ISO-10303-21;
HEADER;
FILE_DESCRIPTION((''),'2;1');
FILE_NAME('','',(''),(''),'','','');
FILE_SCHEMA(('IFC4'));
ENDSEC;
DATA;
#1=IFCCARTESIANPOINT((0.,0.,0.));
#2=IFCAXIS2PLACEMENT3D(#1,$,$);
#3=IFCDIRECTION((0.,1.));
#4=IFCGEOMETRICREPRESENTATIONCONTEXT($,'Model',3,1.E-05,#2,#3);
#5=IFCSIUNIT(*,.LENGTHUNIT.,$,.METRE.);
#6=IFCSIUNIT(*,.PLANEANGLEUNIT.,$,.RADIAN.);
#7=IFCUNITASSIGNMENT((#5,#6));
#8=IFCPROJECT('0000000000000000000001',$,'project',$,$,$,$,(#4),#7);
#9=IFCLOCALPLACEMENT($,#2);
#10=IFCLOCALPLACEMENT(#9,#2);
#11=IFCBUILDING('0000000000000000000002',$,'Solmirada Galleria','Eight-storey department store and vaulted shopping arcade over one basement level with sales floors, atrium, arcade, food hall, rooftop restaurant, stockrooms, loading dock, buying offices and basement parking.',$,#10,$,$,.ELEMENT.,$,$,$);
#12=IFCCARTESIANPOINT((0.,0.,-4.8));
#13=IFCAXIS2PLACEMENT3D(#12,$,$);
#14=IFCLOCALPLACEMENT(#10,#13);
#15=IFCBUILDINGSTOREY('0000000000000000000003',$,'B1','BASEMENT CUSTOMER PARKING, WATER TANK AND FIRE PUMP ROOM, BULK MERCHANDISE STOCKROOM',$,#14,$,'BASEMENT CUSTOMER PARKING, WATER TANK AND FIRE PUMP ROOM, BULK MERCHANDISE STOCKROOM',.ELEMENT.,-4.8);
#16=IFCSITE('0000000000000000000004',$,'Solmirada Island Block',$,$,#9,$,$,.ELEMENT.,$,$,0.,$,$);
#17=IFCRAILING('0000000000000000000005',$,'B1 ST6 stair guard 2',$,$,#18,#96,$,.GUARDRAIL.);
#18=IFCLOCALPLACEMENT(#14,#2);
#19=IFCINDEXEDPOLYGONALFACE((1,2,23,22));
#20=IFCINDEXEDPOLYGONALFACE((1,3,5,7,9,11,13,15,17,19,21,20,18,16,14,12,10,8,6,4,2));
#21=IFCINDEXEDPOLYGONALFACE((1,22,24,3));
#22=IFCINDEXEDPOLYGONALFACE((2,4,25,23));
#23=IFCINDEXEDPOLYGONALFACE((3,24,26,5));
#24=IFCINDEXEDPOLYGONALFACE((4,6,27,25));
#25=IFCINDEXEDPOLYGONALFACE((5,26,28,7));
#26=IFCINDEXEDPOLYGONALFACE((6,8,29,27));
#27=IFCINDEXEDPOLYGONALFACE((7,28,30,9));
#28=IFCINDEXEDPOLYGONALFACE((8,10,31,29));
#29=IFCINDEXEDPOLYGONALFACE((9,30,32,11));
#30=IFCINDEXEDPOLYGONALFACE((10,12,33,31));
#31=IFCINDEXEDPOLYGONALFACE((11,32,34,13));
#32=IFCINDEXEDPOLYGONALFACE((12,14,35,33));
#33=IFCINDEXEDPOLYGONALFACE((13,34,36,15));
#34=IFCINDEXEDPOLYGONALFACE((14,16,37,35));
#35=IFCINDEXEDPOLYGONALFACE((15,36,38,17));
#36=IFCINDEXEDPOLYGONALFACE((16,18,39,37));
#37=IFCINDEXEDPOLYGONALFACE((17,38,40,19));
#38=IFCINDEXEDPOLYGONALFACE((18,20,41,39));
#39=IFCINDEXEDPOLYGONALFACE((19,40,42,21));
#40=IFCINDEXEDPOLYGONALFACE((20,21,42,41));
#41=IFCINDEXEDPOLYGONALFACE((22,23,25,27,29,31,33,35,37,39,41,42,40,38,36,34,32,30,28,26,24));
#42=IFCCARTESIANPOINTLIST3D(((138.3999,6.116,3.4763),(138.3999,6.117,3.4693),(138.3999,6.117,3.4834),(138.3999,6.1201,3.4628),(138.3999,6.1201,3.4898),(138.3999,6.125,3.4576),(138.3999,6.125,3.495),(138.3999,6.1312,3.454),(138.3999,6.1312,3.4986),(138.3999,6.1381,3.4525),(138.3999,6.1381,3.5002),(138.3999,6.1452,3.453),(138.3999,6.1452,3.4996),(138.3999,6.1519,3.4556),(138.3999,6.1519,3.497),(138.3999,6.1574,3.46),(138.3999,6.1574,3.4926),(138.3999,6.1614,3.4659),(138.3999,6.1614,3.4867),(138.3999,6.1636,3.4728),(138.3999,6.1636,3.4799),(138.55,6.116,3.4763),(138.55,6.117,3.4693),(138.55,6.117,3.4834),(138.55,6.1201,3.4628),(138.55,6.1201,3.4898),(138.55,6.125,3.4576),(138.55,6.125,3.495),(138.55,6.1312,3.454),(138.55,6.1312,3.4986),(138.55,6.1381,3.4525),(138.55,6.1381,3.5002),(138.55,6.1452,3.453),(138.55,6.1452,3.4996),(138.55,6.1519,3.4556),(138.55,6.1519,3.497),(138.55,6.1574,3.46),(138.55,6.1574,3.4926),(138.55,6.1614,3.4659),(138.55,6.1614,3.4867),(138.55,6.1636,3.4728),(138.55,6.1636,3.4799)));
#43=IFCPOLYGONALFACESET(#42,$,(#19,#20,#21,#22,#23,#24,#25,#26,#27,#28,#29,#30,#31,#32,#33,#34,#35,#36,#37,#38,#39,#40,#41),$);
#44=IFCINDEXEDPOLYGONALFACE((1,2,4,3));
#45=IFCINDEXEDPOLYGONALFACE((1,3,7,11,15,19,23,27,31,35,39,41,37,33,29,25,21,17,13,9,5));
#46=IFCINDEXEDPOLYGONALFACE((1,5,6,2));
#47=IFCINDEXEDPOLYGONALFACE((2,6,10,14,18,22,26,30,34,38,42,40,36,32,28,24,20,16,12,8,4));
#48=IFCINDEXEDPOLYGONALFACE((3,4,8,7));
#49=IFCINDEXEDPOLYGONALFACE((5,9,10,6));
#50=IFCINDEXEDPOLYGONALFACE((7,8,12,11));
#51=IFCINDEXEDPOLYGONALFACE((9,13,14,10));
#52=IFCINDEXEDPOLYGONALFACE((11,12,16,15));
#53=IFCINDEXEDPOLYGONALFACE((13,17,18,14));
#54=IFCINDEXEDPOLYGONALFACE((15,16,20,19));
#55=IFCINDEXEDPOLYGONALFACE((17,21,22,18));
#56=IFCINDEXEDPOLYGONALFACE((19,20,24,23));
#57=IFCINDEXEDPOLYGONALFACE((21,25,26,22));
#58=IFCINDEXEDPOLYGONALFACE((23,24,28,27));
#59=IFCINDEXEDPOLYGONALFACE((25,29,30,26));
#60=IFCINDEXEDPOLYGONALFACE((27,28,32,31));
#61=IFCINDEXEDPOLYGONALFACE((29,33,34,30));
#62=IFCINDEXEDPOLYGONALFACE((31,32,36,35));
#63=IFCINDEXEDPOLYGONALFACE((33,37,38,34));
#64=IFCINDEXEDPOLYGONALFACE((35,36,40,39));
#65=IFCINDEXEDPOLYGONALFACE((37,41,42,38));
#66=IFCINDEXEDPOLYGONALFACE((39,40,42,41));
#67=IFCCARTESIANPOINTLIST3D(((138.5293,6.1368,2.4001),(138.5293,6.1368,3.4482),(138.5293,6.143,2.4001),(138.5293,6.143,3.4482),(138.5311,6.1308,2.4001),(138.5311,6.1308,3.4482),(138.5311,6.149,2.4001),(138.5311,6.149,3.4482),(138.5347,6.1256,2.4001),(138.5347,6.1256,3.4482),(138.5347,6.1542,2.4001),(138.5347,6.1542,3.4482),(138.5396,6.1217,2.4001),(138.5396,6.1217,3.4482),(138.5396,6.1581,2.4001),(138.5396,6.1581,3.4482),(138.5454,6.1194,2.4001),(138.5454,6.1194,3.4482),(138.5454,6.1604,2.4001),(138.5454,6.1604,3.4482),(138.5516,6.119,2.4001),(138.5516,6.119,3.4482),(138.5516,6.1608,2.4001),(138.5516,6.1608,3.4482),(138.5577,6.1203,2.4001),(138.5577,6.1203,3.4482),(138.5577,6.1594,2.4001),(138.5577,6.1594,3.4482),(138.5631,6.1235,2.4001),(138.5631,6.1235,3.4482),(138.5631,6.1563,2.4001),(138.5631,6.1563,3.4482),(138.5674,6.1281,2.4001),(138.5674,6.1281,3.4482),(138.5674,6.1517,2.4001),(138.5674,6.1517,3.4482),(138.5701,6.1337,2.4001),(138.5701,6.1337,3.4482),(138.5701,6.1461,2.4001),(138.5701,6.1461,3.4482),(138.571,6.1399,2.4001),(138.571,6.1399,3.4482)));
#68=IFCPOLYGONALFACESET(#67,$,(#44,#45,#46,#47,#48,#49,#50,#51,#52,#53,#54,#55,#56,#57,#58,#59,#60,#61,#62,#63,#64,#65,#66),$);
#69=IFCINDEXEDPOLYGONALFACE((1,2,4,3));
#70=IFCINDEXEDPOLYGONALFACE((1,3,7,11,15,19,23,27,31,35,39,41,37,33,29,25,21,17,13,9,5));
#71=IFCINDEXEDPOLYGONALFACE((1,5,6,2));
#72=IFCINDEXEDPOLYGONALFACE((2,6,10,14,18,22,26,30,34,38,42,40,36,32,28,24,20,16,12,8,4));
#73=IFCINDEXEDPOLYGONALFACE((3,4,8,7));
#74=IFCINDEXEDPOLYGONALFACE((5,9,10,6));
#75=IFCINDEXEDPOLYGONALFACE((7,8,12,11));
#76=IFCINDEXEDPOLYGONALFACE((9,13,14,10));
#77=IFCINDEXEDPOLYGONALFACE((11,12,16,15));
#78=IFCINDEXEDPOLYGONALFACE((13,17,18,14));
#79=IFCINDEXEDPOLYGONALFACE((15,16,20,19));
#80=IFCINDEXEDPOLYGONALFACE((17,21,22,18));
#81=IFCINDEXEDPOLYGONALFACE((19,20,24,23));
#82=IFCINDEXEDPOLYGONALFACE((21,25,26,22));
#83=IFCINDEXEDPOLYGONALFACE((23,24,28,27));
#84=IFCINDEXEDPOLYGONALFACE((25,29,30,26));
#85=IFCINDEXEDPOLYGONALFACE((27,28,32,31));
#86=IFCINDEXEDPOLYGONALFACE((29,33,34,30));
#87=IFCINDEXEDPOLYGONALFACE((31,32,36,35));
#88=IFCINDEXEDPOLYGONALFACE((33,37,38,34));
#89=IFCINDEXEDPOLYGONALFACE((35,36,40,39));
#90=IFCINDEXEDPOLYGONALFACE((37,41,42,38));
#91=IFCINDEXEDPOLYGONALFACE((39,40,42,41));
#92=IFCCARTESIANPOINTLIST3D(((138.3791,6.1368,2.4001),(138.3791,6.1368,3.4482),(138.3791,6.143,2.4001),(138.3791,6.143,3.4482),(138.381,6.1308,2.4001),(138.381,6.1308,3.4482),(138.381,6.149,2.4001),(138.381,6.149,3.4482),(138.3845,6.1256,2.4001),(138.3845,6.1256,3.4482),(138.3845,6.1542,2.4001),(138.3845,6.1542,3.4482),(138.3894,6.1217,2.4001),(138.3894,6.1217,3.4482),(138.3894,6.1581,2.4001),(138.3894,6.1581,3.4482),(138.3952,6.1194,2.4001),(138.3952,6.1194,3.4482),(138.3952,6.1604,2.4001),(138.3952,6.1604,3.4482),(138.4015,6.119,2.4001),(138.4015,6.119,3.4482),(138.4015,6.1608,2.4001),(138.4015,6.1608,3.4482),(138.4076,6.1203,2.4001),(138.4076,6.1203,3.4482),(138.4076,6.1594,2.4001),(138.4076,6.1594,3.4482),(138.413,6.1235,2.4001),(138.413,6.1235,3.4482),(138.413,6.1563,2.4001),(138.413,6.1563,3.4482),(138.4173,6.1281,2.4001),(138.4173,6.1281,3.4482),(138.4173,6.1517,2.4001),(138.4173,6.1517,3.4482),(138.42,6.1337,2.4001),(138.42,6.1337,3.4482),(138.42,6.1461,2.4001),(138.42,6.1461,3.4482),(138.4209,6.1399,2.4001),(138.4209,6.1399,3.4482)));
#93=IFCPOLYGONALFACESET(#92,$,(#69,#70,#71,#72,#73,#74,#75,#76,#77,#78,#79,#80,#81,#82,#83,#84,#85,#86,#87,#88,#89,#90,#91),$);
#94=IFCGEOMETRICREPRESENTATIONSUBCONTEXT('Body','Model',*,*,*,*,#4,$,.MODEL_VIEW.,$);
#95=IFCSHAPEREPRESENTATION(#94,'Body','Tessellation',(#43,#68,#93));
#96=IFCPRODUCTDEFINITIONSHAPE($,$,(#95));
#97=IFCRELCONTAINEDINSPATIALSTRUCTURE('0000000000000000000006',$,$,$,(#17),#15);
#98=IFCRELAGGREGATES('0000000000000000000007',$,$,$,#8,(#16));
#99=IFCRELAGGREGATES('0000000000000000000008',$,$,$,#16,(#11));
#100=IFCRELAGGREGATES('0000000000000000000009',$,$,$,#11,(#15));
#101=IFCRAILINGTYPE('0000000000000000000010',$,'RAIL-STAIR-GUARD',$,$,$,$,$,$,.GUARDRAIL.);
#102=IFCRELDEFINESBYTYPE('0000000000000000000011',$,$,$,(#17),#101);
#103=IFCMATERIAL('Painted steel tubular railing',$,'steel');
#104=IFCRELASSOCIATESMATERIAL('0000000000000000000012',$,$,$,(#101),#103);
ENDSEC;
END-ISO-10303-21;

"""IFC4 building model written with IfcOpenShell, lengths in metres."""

from ifc_helpers import new_model, si_unit, direction, frame, origin, origin_2d, place, context, subcontext, project, spatial, circle, extrude, material, type_object, element, save


model = new_model("IFC4")

# Units and contexts
model_context = context("Model", 3, precision=1e-05, world=origin(), true_north=direction((0.0, 1.0)))
body_context = subcontext(model_context, "Body", "Model", "MODEL_VIEW")
ifc_project = project(units=[si_unit("LENGTHUNIT", "METRE"), si_unit("PLANEANGLEUNIT", "RADIAN")], contexts=[model_context])

# Site, building, storey
site_placement = place(None, origin())
site = spatial("IfcSite", under=ifc_project, at=site_placement, Name="Solmirada Island Block", CompositionType="ELEMENT", RefElevation=0.0)
building_placement = place(site_placement, origin())
building = spatial("IfcBuilding", under=site, at=building_placement, Name="Solmirada Galleria", Description="Eight-storey department store and vaulted shopping arcade over one basement level with sales floors, atrium, arcade, food hall, rooftop restaurant, stockrooms, loading dock, buying offices and basement parking.", CompositionType="ELEMENT")
storey_placement = place(building_placement, frame((0.0, 0.0, -4.8)))
storey = spatial("IfcBuildingStorey", under=building, at=storey_placement, Name="B1", Description="BASEMENT CUSTOMER PARKING, WATER TANK AND FIRE PUMP ROOM, BULK MERCHANDISE STOCKROOM", LongName="BASEMENT CUSTOMER PARKING, WATER TANK AND FIRE PUMP ROOM, BULK MERCHANDISE STOCKROOM", CompositionType="ELEMENT", Elevation=-4.8)

# Railing
ifc_material_1 = material(Name="Painted steel tubular railing", Category="steel")
railing_type = type_object("IfcRailingType", Name="RAIL-STAIR-GUARD", PredefinedType="GUARDRAIL", material=ifc_material_1)
railing_1_placement = place(storey_placement, frame((138.55, 6.1399, 2.4001)))
element("IfcRailing", 1, at=railing_1_placement, inside=storey, type_object=railing_type, Name="B1 ST6 stair guard 2", PredefinedType="GUARDRAIL", context=body_context, shape_type="SweptSolid", body=[
    extrude(circle(Radius=0.0239, at=origin_2d()), frame((0.0, 0.0, 1.0762), z_axis=(-1.0, 0.0, 0.0), x_axis=(0.0, -1.0, 0.0)), (0.0, 0.0, 1.0), 0.1501),
    extrude(circle(Radius=0.021, at=origin_2d()), origin(), (0.0, 0.0, 1.0), 1.0481),
    extrude(circle(Radius=0.021, at=origin_2d()), frame((-0.1501, 0.0, 0.0)), (0.0, 0.0, 1.0), 1.0481),
])

save(model, "model.ifc")
